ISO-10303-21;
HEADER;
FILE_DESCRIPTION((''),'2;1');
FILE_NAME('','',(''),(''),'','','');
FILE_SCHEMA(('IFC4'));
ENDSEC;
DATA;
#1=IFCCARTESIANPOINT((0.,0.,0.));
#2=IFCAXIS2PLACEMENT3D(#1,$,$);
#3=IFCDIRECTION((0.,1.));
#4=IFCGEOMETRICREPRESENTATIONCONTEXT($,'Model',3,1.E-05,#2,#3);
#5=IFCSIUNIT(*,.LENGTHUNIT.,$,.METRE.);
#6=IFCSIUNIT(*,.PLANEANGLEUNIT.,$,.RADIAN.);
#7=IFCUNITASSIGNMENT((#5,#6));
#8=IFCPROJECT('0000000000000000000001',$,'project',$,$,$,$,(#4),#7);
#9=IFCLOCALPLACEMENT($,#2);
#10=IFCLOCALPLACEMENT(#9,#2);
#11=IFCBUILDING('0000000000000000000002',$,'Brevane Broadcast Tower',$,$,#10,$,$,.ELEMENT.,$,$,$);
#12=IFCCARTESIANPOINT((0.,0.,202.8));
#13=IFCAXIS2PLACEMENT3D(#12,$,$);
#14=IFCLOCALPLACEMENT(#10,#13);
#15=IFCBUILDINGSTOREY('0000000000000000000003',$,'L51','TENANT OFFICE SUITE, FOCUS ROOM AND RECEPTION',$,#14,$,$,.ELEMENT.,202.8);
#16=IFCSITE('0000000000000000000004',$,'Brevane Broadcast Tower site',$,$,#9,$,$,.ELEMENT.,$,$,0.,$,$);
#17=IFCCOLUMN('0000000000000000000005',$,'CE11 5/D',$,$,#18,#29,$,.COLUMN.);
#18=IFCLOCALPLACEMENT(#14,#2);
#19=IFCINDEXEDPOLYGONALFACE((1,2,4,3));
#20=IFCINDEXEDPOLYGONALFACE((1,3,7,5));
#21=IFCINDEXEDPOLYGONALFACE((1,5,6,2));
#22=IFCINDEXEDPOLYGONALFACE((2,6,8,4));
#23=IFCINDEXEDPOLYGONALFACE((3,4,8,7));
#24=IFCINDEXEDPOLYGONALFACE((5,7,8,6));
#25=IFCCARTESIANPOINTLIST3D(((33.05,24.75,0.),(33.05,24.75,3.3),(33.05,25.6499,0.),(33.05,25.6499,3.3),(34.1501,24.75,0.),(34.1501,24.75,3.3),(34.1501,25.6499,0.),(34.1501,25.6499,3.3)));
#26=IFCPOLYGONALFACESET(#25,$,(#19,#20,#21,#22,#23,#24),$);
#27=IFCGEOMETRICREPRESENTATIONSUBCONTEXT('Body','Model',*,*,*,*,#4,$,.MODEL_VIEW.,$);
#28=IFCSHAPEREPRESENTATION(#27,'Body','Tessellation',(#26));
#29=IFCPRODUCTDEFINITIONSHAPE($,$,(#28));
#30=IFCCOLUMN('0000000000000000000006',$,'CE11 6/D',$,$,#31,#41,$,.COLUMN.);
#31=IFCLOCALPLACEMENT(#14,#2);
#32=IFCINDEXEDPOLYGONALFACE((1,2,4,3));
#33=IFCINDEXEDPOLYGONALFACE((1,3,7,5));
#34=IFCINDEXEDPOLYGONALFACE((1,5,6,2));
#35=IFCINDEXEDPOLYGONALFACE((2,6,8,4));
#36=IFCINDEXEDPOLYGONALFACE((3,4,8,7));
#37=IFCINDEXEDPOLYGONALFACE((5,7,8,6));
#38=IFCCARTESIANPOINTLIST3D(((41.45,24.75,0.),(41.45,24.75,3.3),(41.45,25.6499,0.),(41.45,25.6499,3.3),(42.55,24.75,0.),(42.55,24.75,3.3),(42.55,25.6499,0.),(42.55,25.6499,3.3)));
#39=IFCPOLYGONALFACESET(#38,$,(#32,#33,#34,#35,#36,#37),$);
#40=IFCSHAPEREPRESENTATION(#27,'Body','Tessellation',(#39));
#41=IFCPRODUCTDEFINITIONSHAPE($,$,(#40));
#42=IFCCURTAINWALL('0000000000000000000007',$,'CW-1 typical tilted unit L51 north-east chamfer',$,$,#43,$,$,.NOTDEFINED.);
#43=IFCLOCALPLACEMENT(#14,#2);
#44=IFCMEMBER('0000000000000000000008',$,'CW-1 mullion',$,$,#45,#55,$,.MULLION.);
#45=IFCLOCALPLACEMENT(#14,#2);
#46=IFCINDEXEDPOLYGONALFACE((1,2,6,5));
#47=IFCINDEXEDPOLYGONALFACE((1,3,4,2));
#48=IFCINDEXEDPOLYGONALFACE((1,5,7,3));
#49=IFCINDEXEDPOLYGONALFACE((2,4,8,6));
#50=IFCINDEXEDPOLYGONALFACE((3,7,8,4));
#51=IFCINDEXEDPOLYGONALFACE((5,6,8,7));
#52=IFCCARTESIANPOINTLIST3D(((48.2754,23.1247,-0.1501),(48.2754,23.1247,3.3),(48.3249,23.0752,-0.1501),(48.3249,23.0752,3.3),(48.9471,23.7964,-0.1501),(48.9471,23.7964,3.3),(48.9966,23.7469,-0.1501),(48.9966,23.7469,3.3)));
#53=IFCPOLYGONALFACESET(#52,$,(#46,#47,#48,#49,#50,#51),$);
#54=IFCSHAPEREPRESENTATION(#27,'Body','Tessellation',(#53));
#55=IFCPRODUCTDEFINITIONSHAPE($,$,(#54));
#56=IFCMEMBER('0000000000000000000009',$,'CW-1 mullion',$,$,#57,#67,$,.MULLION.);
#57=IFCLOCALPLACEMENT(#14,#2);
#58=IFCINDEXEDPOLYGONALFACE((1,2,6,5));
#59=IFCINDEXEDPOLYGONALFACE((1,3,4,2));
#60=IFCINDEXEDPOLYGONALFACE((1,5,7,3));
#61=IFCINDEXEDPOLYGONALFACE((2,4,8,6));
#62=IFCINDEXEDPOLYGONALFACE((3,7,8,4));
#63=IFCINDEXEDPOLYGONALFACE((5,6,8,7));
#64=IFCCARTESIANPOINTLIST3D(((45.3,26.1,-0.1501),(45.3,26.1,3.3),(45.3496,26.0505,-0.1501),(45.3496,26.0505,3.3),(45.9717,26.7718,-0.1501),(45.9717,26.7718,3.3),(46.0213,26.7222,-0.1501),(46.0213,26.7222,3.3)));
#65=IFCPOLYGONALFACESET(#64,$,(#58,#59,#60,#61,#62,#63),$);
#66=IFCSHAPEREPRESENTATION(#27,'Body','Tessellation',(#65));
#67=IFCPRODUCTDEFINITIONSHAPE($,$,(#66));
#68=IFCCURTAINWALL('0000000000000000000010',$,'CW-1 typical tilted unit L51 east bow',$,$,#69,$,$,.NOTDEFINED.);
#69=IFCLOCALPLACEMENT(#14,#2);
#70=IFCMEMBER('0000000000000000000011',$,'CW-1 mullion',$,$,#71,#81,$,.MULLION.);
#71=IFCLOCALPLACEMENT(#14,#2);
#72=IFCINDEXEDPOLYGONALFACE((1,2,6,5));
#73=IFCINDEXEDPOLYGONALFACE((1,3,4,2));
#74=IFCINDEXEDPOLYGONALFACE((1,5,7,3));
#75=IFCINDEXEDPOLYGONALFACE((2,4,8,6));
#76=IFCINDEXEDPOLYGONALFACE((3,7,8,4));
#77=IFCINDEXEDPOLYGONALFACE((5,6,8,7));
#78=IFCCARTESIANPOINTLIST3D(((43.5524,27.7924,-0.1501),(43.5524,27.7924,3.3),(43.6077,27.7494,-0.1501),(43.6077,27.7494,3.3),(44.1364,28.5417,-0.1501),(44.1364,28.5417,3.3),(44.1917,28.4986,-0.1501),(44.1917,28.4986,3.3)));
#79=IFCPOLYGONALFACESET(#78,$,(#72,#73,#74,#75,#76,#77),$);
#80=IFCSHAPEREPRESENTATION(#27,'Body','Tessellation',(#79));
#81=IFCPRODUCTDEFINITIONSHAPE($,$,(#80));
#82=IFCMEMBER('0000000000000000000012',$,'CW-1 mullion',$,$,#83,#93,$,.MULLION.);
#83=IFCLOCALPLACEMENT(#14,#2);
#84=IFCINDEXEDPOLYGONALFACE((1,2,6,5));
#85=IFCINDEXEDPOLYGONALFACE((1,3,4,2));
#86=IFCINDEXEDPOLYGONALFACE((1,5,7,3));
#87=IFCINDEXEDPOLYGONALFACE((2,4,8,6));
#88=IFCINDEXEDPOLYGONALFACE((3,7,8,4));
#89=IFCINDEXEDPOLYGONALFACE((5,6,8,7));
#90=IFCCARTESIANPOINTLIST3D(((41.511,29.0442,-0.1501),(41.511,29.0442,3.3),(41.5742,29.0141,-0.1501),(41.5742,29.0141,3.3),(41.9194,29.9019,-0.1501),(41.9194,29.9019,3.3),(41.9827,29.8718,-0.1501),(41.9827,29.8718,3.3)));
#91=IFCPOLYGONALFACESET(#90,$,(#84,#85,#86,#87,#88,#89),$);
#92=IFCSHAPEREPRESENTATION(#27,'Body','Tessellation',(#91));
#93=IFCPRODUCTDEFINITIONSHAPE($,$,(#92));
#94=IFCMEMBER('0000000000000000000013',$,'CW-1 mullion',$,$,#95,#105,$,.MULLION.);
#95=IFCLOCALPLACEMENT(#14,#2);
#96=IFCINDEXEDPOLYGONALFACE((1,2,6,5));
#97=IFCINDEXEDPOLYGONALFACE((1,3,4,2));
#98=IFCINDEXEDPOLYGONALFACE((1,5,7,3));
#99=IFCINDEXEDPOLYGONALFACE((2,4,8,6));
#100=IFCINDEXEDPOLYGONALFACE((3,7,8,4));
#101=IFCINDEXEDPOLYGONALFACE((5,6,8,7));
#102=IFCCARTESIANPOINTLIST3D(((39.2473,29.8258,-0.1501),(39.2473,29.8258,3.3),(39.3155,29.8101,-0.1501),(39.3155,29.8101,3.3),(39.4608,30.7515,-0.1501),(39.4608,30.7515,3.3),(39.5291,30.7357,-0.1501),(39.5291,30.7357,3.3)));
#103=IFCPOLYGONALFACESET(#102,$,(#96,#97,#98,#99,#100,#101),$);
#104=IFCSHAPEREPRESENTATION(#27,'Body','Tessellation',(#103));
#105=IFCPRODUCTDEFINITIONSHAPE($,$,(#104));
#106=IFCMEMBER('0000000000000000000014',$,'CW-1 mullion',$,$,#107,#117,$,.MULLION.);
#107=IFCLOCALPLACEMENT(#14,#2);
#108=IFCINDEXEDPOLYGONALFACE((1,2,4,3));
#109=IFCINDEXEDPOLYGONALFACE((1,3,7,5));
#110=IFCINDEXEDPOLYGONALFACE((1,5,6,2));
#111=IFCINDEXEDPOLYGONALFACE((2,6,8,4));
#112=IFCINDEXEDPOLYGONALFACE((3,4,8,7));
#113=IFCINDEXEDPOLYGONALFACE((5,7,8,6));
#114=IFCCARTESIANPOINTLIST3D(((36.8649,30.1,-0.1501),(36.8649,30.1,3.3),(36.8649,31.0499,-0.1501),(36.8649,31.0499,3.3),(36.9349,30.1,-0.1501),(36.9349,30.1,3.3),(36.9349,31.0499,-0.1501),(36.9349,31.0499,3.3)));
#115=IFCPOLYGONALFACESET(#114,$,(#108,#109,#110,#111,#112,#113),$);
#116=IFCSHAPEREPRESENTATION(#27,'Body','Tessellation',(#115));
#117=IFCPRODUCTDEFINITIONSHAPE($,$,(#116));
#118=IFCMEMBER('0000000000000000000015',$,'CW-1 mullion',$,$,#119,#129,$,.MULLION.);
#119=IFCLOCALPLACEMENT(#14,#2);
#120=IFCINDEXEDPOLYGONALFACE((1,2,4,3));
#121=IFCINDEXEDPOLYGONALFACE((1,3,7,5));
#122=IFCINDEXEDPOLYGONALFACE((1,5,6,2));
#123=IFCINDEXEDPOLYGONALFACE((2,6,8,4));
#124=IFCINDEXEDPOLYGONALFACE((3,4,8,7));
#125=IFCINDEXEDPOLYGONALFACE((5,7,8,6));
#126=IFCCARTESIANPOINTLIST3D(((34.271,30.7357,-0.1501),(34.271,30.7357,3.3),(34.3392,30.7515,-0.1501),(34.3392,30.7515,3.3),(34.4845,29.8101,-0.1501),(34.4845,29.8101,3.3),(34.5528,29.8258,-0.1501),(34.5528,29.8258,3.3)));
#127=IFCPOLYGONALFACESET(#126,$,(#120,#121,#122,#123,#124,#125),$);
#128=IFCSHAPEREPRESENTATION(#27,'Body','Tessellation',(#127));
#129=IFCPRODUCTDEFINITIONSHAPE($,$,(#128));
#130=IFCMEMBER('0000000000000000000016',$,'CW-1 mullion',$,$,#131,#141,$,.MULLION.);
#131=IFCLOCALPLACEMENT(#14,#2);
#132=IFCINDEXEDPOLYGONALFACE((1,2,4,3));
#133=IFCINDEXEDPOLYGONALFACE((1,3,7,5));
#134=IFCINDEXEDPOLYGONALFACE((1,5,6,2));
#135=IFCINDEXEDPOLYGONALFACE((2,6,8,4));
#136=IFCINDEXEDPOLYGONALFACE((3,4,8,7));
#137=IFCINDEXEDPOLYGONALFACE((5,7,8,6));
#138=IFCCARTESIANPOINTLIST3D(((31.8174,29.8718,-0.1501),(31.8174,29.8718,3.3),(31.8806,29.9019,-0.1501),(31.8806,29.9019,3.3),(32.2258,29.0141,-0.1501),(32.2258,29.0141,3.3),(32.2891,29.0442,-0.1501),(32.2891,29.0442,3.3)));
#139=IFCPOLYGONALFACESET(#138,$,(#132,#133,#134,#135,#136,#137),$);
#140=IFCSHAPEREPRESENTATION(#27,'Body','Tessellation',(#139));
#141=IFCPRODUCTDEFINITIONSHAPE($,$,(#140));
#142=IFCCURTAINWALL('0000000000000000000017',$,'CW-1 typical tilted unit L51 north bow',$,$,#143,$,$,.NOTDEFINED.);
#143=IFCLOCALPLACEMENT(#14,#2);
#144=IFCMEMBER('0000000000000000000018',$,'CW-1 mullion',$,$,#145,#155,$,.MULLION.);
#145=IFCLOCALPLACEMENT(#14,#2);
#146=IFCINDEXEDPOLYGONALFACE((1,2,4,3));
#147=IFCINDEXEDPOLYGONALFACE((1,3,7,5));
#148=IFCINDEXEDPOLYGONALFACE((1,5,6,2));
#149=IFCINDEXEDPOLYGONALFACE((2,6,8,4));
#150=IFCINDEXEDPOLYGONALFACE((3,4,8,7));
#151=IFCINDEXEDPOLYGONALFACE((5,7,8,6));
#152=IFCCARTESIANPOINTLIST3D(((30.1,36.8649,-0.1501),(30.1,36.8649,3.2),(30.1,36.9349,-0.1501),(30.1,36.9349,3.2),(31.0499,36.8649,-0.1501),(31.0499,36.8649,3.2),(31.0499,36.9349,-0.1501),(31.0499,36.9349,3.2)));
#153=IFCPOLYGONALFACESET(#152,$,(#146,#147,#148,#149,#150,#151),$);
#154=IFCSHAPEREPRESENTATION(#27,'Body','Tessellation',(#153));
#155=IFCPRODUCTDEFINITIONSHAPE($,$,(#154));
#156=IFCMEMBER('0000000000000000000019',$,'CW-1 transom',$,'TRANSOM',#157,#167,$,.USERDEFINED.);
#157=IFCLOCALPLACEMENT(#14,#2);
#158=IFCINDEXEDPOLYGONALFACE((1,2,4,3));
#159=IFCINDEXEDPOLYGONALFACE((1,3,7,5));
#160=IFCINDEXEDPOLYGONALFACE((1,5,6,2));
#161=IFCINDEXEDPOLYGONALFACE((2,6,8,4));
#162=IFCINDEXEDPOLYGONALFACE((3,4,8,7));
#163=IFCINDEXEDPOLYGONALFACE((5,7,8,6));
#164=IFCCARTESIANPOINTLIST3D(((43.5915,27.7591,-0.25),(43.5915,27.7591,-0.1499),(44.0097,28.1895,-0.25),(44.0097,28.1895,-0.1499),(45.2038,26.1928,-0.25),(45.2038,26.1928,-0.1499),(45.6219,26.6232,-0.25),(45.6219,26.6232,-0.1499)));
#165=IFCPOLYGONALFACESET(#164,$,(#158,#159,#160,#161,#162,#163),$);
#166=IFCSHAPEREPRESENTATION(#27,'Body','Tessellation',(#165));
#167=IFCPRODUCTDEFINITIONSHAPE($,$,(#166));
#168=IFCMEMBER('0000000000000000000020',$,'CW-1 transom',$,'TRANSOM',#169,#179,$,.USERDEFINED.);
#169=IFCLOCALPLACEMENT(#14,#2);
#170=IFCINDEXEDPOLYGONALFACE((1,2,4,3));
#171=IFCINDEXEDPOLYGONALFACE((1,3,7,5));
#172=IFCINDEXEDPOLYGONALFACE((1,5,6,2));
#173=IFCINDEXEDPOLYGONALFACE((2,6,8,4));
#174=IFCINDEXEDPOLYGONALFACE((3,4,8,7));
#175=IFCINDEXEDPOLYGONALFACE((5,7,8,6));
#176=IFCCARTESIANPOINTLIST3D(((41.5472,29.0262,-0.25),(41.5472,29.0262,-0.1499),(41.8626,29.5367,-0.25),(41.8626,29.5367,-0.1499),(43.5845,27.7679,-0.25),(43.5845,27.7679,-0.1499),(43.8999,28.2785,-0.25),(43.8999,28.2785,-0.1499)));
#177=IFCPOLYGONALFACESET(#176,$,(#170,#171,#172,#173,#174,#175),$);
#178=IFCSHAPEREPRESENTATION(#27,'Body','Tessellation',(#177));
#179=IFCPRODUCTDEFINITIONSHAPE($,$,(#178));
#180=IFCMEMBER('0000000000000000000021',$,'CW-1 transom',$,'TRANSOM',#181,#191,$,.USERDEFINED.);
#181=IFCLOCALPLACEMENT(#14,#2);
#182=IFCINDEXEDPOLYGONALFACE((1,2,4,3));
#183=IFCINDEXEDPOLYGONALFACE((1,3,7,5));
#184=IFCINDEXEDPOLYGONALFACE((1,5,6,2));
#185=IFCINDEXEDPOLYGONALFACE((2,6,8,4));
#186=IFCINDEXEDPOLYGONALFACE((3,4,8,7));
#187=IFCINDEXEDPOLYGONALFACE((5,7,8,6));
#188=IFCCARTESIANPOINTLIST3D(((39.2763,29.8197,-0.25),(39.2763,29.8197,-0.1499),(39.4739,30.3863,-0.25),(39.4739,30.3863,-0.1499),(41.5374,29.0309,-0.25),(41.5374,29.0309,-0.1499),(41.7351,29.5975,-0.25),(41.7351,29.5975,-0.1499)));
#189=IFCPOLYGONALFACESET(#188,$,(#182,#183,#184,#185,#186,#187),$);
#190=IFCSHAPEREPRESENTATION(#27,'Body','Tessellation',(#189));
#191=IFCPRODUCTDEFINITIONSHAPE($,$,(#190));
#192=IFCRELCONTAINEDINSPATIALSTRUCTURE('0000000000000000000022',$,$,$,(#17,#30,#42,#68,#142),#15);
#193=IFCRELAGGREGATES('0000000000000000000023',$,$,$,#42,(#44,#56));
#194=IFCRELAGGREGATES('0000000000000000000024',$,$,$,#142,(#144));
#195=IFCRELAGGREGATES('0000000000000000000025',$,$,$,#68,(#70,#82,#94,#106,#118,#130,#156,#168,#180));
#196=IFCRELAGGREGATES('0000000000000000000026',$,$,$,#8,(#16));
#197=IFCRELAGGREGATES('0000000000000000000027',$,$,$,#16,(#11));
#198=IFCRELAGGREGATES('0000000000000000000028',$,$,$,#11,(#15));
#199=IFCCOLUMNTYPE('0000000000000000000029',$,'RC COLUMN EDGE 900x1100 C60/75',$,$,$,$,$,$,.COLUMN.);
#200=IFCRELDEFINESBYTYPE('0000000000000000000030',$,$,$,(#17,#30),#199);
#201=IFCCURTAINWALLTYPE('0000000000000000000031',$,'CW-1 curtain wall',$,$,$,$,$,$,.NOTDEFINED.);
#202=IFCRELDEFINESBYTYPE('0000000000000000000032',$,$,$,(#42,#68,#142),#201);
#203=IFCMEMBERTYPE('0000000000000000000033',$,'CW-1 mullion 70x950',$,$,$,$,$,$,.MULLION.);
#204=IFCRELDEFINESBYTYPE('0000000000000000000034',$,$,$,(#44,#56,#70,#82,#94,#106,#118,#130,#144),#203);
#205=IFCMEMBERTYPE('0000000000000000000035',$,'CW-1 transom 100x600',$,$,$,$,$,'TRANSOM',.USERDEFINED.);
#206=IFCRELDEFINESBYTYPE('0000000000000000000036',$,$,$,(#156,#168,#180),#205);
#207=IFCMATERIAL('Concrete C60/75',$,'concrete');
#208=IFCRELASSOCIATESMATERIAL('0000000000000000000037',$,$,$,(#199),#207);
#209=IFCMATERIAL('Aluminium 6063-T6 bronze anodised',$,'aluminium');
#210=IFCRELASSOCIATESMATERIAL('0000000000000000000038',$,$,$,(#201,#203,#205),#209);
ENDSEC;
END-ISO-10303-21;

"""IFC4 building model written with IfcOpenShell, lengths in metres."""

from ifc_helpers import new_model, si_unit, direction, frame, origin, origin_2d, place, context, subcontext, project, spatial, rectangle, extrude, material, material_profile, profile_set, type_object, element, aggregate, save


model = new_model("IFC4")

# Units and contexts
model_context = context("Model", 3, precision=1e-05, world=origin(), true_north=direction((0.0, 1.0)))
body_context = subcontext(model_context, "Body", "Model", "MODEL_VIEW")
ifc_project = project(units=[si_unit("LENGTHUNIT", "METRE"), si_unit("PLANEANGLEUNIT", "RADIAN")], contexts=[model_context])

# Site, building, storey
site_placement = place(None, origin())
site = spatial("IfcSite", under=ifc_project, at=site_placement, Name="Brevane Broadcast Tower site", CompositionType="ELEMENT", RefElevation=0.0)
building_placement = place(site_placement, origin())
building = spatial("IfcBuilding", under=site, at=building_placement, Name="Brevane Broadcast Tower", CompositionType="ELEMENT")
storey_placement = place(building_placement, frame((0.0, 0.0, 202.8)))
storey = spatial("IfcBuildingStorey", under=building, at=storey_placement, Name="L51", Description="TENANT OFFICE SUITE, FOCUS ROOM AND RECEPTION", CompositionType="ELEMENT", Elevation=202.8)

# Columns
ifc_material_1 = material(Name="Concrete C60/75", Category="concrete")
ifc_material_profile_1 = material_profile(ifc_material_1, rectangle(XDim=0.8999, YDim=1.1001, at=origin_2d()), Name="RC 900x1100")
ifc_profile_set_1 = profile_set([ifc_material_profile_1], Name="Concrete C60/75")
column_type = type_object("IfcColumnType", Name="RC COLUMN EDGE 900x1100 C60/75", PredefinedType="COLUMN", material=ifc_profile_set_1)
for number, where, z_axis, x_axis, name in (
    (1, (33.6001, 25.2, 0.0), (0.0, 0.0, 1.0), (0.0, 1.0, 0.0), "CE11 5/D"),
    (2, (42.0, 25.2, 0.0), (0.0, 0.0, 1.0), (0.0, 1.0, 0.0), "CE11 6/D"),
):
    element("IfcColumn", number, at=place(storey_placement, frame(where, z_axis=z_axis, x_axis=x_axis)), inside=storey, type_object=column_type, Name=name, PredefinedType="COLUMN", context=body_context, shape_type="SweptSolid", body=[
        extrude(rectangle(XDim=0.8999, YDim=1.1001, at=origin_2d()), origin(), (0.0, 0.0, 1.0), 3.3),
    ])

# Curtain walls, members
ifc_material_2 = material(Name="Aluminium 6063-T6 bronze anodised", Category="aluminium")
curtain_wall_type = type_object("IfcCurtainWallType", Name="CW-1 curtain wall", PredefinedType="NOTDEFINED", material=ifc_material_2)
curtain_wall_1_placement = place(storey_placement, origin())
curtain_wall_1 = element("IfcCurtainWall", 3, at=curtain_wall_1_placement, inside=storey, type_object=curtain_wall_type, Name="CW-1 typical tilted unit L51 north-east chamfer", PredefinedType="NOTDEFINED")
ifc_material_profile_2 = material_profile(ifc_material_2, rectangle(XDim=0.95, YDim=0.0701, at=origin_2d()), Name="RECT 70x950")
ifc_profile_set_2 = profile_set([ifc_material_profile_2], Name="Aluminium 6063-T6 bronze anodised")
member_type_1 = type_object("IfcMemberType", Name="CW-1 mullion 70x950", PredefinedType="MULLION", material=ifc_profile_set_2)
member_1_placement = place(storey_placement, frame((48.636, 23.4358, -0.1501), z_axis=(0.0, 0.0, 1.0), x_axis=(-0.707107, -0.707107, 0.0)))
member_1 = element("IfcMember", 4, at=member_1_placement, type_object=member_type_1, Name="CW-1 mullion", PredefinedType="MULLION", context=body_context, shape_type="SweptSolid", body=[
    extrude(rectangle(XDim=0.95, YDim=0.0701, at=origin_2d()), origin(), (0.0, 0.0, 1.0), 3.4502),
])
member_2_placement = place(storey_placement, frame((45.6606, 26.4111, -0.1501), z_axis=(0.0, 0.0, 1.0), x_axis=(-0.707107, -0.707107, 0.0)))
member_2 = element("IfcMember", 5, at=member_2_placement, type_object=member_type_1, Name="CW-1 mullion", PredefinedType="MULLION", context=body_context, shape_type="SweptSolid", body=[
    extrude(rectangle(XDim=0.95, YDim=0.0701, at=origin_2d()), origin(), (0.0, 0.0, 1.0), 3.4502),
])
aggregate(curtain_wall_1, [member_1, member_2])
curtain_wall_2_placement = place(storey_placement, origin())
curtain_wall_2 = element("IfcCurtainWall", 6, at=curtain_wall_2_placement, inside=storey, type_object=curtain_wall_type, Name="CW-1 typical tilted unit L51 east bow", PredefinedType="NOTDEFINED")
member_3_placement = place(storey_placement, frame((43.8721, 28.1455, -0.1501), z_axis=(0.0, 0.0, 1.0), x_axis=(-0.61477, -0.788707, 0.0)))
member_3 = element("IfcMember", 7, at=member_3_placement, type_object=member_type_1, Name="CW-1 mullion", PredefinedType="MULLION", context=body_context, shape_type="SweptSolid", body=[
    extrude(rectangle(XDim=0.95, YDim=0.0701, at=origin_2d()), origin(), (0.0, 0.0, 1.0), 3.4502),
])
member_4_placement = place(storey_placement, frame((41.7468, 29.458, -0.1501), z_axis=(0.0, 0.0, 1.0), x_axis=(-0.429934, -0.902861, 0.0)))
member_4 = element("IfcMember", 8, at=member_4_placement, type_object=member_type_1, Name="CW-1 mullion", PredefinedType="MULLION", context=body_context, shape_type="SweptSolid", body=[
    extrude(rectangle(XDim=0.95, YDim=0.0701, at=origin_2d()), origin(), (0.0, 0.0, 1.0), 3.4502),
])
member_5_placement = place(storey_placement, frame((39.3882, 30.2808, -0.1501), z_axis=(0.0, 0.0, 1.0), x_axis=(-0.224807, -0.974403, 0.0)))
member_5 = element("IfcMember", 9, at=member_5_placement, type_object=member_type_1, Name="CW-1 mullion", PredefinedType="MULLION", context=body_context, shape_type="SweptSolid", body=[
    extrude(rectangle(XDim=0.95, YDim=0.0701, at=origin_2d()), origin(), (0.0, 0.0, 1.0), 3.4502),
])
member_6_placement = place(storey_placement, frame((36.8999, 30.575, -0.1501), z_axis=(0.0, 0.0, 1.0), x_axis=(0.0, -1.0, 0.0)))
member_6 = element("IfcMember", 10, at=member_6_placement, type_object=member_type_1, Name="CW-1 mullion", PredefinedType="MULLION", context=body_context, shape_type="SweptSolid", body=[
    extrude(rectangle(XDim=0.95, YDim=0.0701, at=origin_2d()), origin(), (0.0, 0.0, 1.0), 3.4502),
])
member_7_placement = place(storey_placement, frame((34.4119, 30.2808, -0.1501), z_axis=(0.0, 0.0, 1.0), x_axis=(0.224807, -0.974403, 0.0)))
member_7 = element("IfcMember", 11, at=member_7_placement, type_object=member_type_1, Name="CW-1 mullion", PredefinedType="MULLION", context=body_context, shape_type="SweptSolid", body=[
    extrude(rectangle(XDim=0.95, YDim=0.0701, at=origin_2d()), origin(), (0.0, 0.0, 1.0), 3.4502),
])
member_8_placement = place(storey_placement, frame((32.0532, 29.458, -0.1501), z_axis=(0.0, 0.0, 1.0), x_axis=(0.429934, -0.902861, 0.0)))
member_8 = element("IfcMember", 12, at=member_8_placement, type_object=member_type_1, Name="CW-1 mullion", PredefinedType="MULLION", context=body_context, shape_type="SweptSolid", body=[
    extrude(rectangle(XDim=0.95, YDim=0.0701, at=origin_2d()), origin(), (0.0, 0.0, 1.0), 3.4502),
])

# Curtain wall, member
curtain_wall_3_placement = place(storey_placement, origin())
curtain_wall_3 = element("IfcCurtainWall", 13, at=curtain_wall_3_placement, inside=storey, type_object=curtain_wall_type, Name="CW-1 typical tilted unit L51 north bow", PredefinedType="NOTDEFINED")
member_9_placement = place(storey_placement, frame((30.575, 36.8999, -0.1501), z_axis=(0.0, 0.0, 1.0), x_axis=(-1.0, 0.0, 0.0)))
member_9 = element("IfcMember", 14, at=member_9_placement, type_object=member_type_1, Name="CW-1 mullion", PredefinedType="MULLION", context=body_context, shape_type="SweptSolid", body=[
    extrude(rectangle(XDim=0.95, YDim=0.0701, at=origin_2d()), origin(), (0.0, 0.0, 1.0), 3.3501),
])
aggregate(curtain_wall_3, [member_9])

# Members
ifc_material_profile_3 = material_profile(ifc_material_2, rectangle(XDim=0.6001, YDim=0.1001, at=origin_2d()), Name="RECT 100x600")
ifc_profile_set_3 = profile_set([ifc_material_profile_3], Name="Aluminium 6063-T6 bronze anodised")
member_type_2 = type_object("IfcMemberType", Name="CW-1 transom 100x600", ElementType="TRANSOM", PredefinedType="USERDEFINED", material=ifc_profile_set_3)
member_10_placement = place(storey_placement, frame((45.4128, 26.408, -0.2), z_axis=(-0.717242, 0.696824, 0.0), x_axis=(-0.696824, -0.717242, 0.0)))
member_10 = element("IfcMember", 15, at=member_10_placement, type_object=member_type_2, Name="CW-1 transom", ObjectType="TRANSOM", PredefinedType="USERDEFINED", context=body_context, shape_type="SweptSolid", body=[
    extrude(rectangle(XDim=0.6001, YDim=0.1001, at=origin_2d()), origin(), (0.0, 0.0, 1.0), 2.2478),
])
member_11_placement = place(storey_placement, frame((43.7422, 28.0232, -0.2), z_axis=(-0.85081, 0.525473, 0.0), x_axis=(-0.525473, -0.85081, 0.0)))
member_11 = element("IfcMember", 16, at=member_11_placement, type_object=member_type_2, Name="CW-1 transom", ObjectType="TRANSOM", PredefinedType="USERDEFINED", context=body_context, shape_type="SweptSolid", body=[
    extrude(rectangle(XDim=0.6001, YDim=0.1001, at=origin_2d()), origin(), (0.0, 0.0, 1.0), 2.3945),
])
member_12_placement = place(storey_placement, frame((41.6362, 29.3142, -0.2), z_axis=(-0.944198, 0.329378, 0.0), x_axis=(-0.329378, -0.944198, 0.0)))
member_12 = element("IfcMember", 17, at=member_12_placement, type_object=member_type_2, Name="CW-1 transom", ObjectType="TRANSOM", PredefinedType="USERDEFINED", context=body_context, shape_type="SweptSolid", body=[
    extrude(rectangle(XDim=0.6001, YDim=0.1001, at=origin_2d()), origin(), (0.0, 0.0, 1.0), 2.3948),
])
aggregate(curtain_wall_2, [member_3, member_4, member_5, member_6, member_7, member_8, member_10, member_11, member_12])

save(model, "model.ifc")
